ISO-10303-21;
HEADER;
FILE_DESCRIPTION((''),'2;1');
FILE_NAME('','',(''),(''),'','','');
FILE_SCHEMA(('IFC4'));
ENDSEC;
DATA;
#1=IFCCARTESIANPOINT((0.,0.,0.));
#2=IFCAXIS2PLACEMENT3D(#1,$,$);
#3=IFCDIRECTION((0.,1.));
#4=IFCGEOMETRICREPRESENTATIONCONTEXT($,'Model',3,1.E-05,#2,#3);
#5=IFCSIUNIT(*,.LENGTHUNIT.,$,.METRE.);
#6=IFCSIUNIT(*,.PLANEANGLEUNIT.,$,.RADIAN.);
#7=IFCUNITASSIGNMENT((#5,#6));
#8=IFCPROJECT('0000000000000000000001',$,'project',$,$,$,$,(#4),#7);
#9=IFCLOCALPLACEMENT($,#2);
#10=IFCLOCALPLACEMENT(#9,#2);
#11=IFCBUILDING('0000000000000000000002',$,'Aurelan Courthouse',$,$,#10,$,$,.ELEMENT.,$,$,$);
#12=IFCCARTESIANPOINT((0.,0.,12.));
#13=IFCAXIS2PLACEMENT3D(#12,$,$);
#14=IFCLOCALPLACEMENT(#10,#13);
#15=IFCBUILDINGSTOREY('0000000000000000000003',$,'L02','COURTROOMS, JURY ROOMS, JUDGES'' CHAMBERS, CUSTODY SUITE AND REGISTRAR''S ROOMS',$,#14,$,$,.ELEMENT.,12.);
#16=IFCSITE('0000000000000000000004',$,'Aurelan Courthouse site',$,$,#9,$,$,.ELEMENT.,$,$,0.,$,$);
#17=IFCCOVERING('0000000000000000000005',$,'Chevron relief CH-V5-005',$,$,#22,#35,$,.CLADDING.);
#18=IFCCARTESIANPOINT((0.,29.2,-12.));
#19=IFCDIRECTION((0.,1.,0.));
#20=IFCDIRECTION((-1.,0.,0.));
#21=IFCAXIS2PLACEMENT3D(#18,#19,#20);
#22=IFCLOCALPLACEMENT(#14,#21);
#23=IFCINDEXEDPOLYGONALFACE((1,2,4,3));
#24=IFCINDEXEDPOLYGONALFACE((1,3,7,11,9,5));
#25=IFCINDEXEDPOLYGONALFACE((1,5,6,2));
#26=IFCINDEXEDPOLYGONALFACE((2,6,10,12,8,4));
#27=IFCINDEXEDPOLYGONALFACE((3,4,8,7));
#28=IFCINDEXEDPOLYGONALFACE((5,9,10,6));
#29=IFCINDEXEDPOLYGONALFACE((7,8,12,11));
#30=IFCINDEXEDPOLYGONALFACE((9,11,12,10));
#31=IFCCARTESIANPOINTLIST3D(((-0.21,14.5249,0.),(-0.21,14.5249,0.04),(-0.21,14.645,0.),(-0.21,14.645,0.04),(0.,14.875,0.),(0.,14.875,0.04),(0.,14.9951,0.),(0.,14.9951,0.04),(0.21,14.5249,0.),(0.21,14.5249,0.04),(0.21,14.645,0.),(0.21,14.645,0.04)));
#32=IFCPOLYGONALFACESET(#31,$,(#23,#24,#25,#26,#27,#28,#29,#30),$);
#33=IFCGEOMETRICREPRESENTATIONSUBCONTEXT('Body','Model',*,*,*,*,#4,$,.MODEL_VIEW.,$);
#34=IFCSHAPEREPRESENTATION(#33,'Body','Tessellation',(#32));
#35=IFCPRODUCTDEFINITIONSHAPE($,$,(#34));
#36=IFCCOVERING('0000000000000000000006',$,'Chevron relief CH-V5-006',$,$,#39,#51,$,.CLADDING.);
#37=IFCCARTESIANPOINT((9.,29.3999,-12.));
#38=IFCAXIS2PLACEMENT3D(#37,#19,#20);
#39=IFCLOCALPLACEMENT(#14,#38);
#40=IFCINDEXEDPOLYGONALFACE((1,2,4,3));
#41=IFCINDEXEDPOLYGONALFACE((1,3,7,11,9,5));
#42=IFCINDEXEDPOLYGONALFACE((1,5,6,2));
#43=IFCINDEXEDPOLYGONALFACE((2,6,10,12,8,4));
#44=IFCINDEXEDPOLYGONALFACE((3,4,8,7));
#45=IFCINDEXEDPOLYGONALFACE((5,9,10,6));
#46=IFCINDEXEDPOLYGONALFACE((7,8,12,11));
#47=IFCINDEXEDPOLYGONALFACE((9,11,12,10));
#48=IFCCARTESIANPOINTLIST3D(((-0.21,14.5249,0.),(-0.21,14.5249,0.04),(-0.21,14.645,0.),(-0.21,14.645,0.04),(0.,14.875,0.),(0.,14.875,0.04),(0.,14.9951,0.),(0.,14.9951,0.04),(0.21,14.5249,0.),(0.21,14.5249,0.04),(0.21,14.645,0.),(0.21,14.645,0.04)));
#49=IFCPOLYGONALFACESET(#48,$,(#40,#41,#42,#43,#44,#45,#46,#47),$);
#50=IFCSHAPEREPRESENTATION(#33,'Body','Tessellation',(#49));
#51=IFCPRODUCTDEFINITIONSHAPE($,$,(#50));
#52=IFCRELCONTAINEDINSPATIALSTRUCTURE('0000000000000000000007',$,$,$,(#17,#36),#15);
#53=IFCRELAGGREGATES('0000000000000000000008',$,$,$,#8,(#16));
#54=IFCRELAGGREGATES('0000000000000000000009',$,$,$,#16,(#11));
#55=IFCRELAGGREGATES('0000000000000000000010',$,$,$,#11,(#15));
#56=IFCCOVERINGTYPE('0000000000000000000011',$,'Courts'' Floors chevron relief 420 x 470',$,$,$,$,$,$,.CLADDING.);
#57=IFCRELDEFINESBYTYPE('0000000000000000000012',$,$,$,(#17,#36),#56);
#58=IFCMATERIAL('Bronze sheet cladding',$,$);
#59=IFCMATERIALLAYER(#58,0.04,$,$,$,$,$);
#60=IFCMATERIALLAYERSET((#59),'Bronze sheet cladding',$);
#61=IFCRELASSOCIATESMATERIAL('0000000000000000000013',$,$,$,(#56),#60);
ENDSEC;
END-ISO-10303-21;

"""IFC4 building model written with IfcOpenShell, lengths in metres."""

from ifc_helpers import new_model, si_unit, direction, frame, origin, place, context, subcontext, project, spatial, polyline, outline, extrude, material, layer, layer_set, type_object, element, save


model = new_model("IFC4")

# Units and contexts
model_context = context("Model", 3, precision=1e-05, world=origin(), true_north=direction((0.0, 1.0)))
body_context = subcontext(model_context, "Body", "Model", "MODEL_VIEW")
ifc_project = project(units=[si_unit("LENGTHUNIT", "METRE"), si_unit("PLANEANGLEUNIT", "RADIAN")], contexts=[model_context])

# Site, building, storey
site_placement = place(None, origin())
site = spatial("IfcSite", under=ifc_project, at=site_placement, Name="Aurelan Courthouse site", CompositionType="ELEMENT", RefElevation=0.0)
building_placement = place(site_placement, origin())
building = spatial("IfcBuilding", under=site, at=building_placement, Name="Aurelan Courthouse", CompositionType="ELEMENT")
storey_placement = place(building_placement, frame((0.0, 0.0, 12.0)))
storey = spatial("IfcBuildingStorey", under=building, at=storey_placement, Name="L02", Description="COURTROOMS, JURY ROOMS, JUDGES' CHAMBERS, CUSTODY SUITE AND REGISTRAR'S ROOMS", CompositionType="ELEMENT", Elevation=12.0)

# Coverings
ifc_material_1 = material(Name="Bronze sheet cladding")
ifc_layer_1 = layer(ifc_material_1, 0.04)
ifc_layer_set_1 = layer_set([ifc_layer_1], Name="Bronze sheet cladding")
covering_type_1 = type_object("IfcCoveringType", Name="Courts' Floors chevron relief 420 x 470", PredefinedType="CLADDING", material=ifc_layer_set_1)
for number, where, z_axis, x_axis, name in (
    (1, (0.0, 29.2, -12.0), (0.0, 1.0, 0.0), (-1.0, 0.0, 0.0), "Chevron relief CH-V5-005"),
    (2, (9.0, 29.3999, -12.0), (0.0, 1.0, 0.0), (-1.0, 0.0, 0.0), "Chevron relief CH-V5-006"),
):
    element("IfcCovering", number, at=place(storey_placement, frame(where, z_axis=z_axis, x_axis=x_axis)), inside=storey, type_object=covering_type_1, Name=name, PredefinedType="CLADDING", context=body_context, shape_type="SweptSolid", body=[
        extrude(outline(polyline([(-0.21, 14.5249), (0.0, 14.875), (0.21, 14.5249), (0.21, 14.645), (0.0, 14.9951), (-0.21, 14.645), (-0.21, 14.5249)])), origin(), (0.0, 0.0, 1.0), 0.04),
    ])

save(model, "model.ifc")
